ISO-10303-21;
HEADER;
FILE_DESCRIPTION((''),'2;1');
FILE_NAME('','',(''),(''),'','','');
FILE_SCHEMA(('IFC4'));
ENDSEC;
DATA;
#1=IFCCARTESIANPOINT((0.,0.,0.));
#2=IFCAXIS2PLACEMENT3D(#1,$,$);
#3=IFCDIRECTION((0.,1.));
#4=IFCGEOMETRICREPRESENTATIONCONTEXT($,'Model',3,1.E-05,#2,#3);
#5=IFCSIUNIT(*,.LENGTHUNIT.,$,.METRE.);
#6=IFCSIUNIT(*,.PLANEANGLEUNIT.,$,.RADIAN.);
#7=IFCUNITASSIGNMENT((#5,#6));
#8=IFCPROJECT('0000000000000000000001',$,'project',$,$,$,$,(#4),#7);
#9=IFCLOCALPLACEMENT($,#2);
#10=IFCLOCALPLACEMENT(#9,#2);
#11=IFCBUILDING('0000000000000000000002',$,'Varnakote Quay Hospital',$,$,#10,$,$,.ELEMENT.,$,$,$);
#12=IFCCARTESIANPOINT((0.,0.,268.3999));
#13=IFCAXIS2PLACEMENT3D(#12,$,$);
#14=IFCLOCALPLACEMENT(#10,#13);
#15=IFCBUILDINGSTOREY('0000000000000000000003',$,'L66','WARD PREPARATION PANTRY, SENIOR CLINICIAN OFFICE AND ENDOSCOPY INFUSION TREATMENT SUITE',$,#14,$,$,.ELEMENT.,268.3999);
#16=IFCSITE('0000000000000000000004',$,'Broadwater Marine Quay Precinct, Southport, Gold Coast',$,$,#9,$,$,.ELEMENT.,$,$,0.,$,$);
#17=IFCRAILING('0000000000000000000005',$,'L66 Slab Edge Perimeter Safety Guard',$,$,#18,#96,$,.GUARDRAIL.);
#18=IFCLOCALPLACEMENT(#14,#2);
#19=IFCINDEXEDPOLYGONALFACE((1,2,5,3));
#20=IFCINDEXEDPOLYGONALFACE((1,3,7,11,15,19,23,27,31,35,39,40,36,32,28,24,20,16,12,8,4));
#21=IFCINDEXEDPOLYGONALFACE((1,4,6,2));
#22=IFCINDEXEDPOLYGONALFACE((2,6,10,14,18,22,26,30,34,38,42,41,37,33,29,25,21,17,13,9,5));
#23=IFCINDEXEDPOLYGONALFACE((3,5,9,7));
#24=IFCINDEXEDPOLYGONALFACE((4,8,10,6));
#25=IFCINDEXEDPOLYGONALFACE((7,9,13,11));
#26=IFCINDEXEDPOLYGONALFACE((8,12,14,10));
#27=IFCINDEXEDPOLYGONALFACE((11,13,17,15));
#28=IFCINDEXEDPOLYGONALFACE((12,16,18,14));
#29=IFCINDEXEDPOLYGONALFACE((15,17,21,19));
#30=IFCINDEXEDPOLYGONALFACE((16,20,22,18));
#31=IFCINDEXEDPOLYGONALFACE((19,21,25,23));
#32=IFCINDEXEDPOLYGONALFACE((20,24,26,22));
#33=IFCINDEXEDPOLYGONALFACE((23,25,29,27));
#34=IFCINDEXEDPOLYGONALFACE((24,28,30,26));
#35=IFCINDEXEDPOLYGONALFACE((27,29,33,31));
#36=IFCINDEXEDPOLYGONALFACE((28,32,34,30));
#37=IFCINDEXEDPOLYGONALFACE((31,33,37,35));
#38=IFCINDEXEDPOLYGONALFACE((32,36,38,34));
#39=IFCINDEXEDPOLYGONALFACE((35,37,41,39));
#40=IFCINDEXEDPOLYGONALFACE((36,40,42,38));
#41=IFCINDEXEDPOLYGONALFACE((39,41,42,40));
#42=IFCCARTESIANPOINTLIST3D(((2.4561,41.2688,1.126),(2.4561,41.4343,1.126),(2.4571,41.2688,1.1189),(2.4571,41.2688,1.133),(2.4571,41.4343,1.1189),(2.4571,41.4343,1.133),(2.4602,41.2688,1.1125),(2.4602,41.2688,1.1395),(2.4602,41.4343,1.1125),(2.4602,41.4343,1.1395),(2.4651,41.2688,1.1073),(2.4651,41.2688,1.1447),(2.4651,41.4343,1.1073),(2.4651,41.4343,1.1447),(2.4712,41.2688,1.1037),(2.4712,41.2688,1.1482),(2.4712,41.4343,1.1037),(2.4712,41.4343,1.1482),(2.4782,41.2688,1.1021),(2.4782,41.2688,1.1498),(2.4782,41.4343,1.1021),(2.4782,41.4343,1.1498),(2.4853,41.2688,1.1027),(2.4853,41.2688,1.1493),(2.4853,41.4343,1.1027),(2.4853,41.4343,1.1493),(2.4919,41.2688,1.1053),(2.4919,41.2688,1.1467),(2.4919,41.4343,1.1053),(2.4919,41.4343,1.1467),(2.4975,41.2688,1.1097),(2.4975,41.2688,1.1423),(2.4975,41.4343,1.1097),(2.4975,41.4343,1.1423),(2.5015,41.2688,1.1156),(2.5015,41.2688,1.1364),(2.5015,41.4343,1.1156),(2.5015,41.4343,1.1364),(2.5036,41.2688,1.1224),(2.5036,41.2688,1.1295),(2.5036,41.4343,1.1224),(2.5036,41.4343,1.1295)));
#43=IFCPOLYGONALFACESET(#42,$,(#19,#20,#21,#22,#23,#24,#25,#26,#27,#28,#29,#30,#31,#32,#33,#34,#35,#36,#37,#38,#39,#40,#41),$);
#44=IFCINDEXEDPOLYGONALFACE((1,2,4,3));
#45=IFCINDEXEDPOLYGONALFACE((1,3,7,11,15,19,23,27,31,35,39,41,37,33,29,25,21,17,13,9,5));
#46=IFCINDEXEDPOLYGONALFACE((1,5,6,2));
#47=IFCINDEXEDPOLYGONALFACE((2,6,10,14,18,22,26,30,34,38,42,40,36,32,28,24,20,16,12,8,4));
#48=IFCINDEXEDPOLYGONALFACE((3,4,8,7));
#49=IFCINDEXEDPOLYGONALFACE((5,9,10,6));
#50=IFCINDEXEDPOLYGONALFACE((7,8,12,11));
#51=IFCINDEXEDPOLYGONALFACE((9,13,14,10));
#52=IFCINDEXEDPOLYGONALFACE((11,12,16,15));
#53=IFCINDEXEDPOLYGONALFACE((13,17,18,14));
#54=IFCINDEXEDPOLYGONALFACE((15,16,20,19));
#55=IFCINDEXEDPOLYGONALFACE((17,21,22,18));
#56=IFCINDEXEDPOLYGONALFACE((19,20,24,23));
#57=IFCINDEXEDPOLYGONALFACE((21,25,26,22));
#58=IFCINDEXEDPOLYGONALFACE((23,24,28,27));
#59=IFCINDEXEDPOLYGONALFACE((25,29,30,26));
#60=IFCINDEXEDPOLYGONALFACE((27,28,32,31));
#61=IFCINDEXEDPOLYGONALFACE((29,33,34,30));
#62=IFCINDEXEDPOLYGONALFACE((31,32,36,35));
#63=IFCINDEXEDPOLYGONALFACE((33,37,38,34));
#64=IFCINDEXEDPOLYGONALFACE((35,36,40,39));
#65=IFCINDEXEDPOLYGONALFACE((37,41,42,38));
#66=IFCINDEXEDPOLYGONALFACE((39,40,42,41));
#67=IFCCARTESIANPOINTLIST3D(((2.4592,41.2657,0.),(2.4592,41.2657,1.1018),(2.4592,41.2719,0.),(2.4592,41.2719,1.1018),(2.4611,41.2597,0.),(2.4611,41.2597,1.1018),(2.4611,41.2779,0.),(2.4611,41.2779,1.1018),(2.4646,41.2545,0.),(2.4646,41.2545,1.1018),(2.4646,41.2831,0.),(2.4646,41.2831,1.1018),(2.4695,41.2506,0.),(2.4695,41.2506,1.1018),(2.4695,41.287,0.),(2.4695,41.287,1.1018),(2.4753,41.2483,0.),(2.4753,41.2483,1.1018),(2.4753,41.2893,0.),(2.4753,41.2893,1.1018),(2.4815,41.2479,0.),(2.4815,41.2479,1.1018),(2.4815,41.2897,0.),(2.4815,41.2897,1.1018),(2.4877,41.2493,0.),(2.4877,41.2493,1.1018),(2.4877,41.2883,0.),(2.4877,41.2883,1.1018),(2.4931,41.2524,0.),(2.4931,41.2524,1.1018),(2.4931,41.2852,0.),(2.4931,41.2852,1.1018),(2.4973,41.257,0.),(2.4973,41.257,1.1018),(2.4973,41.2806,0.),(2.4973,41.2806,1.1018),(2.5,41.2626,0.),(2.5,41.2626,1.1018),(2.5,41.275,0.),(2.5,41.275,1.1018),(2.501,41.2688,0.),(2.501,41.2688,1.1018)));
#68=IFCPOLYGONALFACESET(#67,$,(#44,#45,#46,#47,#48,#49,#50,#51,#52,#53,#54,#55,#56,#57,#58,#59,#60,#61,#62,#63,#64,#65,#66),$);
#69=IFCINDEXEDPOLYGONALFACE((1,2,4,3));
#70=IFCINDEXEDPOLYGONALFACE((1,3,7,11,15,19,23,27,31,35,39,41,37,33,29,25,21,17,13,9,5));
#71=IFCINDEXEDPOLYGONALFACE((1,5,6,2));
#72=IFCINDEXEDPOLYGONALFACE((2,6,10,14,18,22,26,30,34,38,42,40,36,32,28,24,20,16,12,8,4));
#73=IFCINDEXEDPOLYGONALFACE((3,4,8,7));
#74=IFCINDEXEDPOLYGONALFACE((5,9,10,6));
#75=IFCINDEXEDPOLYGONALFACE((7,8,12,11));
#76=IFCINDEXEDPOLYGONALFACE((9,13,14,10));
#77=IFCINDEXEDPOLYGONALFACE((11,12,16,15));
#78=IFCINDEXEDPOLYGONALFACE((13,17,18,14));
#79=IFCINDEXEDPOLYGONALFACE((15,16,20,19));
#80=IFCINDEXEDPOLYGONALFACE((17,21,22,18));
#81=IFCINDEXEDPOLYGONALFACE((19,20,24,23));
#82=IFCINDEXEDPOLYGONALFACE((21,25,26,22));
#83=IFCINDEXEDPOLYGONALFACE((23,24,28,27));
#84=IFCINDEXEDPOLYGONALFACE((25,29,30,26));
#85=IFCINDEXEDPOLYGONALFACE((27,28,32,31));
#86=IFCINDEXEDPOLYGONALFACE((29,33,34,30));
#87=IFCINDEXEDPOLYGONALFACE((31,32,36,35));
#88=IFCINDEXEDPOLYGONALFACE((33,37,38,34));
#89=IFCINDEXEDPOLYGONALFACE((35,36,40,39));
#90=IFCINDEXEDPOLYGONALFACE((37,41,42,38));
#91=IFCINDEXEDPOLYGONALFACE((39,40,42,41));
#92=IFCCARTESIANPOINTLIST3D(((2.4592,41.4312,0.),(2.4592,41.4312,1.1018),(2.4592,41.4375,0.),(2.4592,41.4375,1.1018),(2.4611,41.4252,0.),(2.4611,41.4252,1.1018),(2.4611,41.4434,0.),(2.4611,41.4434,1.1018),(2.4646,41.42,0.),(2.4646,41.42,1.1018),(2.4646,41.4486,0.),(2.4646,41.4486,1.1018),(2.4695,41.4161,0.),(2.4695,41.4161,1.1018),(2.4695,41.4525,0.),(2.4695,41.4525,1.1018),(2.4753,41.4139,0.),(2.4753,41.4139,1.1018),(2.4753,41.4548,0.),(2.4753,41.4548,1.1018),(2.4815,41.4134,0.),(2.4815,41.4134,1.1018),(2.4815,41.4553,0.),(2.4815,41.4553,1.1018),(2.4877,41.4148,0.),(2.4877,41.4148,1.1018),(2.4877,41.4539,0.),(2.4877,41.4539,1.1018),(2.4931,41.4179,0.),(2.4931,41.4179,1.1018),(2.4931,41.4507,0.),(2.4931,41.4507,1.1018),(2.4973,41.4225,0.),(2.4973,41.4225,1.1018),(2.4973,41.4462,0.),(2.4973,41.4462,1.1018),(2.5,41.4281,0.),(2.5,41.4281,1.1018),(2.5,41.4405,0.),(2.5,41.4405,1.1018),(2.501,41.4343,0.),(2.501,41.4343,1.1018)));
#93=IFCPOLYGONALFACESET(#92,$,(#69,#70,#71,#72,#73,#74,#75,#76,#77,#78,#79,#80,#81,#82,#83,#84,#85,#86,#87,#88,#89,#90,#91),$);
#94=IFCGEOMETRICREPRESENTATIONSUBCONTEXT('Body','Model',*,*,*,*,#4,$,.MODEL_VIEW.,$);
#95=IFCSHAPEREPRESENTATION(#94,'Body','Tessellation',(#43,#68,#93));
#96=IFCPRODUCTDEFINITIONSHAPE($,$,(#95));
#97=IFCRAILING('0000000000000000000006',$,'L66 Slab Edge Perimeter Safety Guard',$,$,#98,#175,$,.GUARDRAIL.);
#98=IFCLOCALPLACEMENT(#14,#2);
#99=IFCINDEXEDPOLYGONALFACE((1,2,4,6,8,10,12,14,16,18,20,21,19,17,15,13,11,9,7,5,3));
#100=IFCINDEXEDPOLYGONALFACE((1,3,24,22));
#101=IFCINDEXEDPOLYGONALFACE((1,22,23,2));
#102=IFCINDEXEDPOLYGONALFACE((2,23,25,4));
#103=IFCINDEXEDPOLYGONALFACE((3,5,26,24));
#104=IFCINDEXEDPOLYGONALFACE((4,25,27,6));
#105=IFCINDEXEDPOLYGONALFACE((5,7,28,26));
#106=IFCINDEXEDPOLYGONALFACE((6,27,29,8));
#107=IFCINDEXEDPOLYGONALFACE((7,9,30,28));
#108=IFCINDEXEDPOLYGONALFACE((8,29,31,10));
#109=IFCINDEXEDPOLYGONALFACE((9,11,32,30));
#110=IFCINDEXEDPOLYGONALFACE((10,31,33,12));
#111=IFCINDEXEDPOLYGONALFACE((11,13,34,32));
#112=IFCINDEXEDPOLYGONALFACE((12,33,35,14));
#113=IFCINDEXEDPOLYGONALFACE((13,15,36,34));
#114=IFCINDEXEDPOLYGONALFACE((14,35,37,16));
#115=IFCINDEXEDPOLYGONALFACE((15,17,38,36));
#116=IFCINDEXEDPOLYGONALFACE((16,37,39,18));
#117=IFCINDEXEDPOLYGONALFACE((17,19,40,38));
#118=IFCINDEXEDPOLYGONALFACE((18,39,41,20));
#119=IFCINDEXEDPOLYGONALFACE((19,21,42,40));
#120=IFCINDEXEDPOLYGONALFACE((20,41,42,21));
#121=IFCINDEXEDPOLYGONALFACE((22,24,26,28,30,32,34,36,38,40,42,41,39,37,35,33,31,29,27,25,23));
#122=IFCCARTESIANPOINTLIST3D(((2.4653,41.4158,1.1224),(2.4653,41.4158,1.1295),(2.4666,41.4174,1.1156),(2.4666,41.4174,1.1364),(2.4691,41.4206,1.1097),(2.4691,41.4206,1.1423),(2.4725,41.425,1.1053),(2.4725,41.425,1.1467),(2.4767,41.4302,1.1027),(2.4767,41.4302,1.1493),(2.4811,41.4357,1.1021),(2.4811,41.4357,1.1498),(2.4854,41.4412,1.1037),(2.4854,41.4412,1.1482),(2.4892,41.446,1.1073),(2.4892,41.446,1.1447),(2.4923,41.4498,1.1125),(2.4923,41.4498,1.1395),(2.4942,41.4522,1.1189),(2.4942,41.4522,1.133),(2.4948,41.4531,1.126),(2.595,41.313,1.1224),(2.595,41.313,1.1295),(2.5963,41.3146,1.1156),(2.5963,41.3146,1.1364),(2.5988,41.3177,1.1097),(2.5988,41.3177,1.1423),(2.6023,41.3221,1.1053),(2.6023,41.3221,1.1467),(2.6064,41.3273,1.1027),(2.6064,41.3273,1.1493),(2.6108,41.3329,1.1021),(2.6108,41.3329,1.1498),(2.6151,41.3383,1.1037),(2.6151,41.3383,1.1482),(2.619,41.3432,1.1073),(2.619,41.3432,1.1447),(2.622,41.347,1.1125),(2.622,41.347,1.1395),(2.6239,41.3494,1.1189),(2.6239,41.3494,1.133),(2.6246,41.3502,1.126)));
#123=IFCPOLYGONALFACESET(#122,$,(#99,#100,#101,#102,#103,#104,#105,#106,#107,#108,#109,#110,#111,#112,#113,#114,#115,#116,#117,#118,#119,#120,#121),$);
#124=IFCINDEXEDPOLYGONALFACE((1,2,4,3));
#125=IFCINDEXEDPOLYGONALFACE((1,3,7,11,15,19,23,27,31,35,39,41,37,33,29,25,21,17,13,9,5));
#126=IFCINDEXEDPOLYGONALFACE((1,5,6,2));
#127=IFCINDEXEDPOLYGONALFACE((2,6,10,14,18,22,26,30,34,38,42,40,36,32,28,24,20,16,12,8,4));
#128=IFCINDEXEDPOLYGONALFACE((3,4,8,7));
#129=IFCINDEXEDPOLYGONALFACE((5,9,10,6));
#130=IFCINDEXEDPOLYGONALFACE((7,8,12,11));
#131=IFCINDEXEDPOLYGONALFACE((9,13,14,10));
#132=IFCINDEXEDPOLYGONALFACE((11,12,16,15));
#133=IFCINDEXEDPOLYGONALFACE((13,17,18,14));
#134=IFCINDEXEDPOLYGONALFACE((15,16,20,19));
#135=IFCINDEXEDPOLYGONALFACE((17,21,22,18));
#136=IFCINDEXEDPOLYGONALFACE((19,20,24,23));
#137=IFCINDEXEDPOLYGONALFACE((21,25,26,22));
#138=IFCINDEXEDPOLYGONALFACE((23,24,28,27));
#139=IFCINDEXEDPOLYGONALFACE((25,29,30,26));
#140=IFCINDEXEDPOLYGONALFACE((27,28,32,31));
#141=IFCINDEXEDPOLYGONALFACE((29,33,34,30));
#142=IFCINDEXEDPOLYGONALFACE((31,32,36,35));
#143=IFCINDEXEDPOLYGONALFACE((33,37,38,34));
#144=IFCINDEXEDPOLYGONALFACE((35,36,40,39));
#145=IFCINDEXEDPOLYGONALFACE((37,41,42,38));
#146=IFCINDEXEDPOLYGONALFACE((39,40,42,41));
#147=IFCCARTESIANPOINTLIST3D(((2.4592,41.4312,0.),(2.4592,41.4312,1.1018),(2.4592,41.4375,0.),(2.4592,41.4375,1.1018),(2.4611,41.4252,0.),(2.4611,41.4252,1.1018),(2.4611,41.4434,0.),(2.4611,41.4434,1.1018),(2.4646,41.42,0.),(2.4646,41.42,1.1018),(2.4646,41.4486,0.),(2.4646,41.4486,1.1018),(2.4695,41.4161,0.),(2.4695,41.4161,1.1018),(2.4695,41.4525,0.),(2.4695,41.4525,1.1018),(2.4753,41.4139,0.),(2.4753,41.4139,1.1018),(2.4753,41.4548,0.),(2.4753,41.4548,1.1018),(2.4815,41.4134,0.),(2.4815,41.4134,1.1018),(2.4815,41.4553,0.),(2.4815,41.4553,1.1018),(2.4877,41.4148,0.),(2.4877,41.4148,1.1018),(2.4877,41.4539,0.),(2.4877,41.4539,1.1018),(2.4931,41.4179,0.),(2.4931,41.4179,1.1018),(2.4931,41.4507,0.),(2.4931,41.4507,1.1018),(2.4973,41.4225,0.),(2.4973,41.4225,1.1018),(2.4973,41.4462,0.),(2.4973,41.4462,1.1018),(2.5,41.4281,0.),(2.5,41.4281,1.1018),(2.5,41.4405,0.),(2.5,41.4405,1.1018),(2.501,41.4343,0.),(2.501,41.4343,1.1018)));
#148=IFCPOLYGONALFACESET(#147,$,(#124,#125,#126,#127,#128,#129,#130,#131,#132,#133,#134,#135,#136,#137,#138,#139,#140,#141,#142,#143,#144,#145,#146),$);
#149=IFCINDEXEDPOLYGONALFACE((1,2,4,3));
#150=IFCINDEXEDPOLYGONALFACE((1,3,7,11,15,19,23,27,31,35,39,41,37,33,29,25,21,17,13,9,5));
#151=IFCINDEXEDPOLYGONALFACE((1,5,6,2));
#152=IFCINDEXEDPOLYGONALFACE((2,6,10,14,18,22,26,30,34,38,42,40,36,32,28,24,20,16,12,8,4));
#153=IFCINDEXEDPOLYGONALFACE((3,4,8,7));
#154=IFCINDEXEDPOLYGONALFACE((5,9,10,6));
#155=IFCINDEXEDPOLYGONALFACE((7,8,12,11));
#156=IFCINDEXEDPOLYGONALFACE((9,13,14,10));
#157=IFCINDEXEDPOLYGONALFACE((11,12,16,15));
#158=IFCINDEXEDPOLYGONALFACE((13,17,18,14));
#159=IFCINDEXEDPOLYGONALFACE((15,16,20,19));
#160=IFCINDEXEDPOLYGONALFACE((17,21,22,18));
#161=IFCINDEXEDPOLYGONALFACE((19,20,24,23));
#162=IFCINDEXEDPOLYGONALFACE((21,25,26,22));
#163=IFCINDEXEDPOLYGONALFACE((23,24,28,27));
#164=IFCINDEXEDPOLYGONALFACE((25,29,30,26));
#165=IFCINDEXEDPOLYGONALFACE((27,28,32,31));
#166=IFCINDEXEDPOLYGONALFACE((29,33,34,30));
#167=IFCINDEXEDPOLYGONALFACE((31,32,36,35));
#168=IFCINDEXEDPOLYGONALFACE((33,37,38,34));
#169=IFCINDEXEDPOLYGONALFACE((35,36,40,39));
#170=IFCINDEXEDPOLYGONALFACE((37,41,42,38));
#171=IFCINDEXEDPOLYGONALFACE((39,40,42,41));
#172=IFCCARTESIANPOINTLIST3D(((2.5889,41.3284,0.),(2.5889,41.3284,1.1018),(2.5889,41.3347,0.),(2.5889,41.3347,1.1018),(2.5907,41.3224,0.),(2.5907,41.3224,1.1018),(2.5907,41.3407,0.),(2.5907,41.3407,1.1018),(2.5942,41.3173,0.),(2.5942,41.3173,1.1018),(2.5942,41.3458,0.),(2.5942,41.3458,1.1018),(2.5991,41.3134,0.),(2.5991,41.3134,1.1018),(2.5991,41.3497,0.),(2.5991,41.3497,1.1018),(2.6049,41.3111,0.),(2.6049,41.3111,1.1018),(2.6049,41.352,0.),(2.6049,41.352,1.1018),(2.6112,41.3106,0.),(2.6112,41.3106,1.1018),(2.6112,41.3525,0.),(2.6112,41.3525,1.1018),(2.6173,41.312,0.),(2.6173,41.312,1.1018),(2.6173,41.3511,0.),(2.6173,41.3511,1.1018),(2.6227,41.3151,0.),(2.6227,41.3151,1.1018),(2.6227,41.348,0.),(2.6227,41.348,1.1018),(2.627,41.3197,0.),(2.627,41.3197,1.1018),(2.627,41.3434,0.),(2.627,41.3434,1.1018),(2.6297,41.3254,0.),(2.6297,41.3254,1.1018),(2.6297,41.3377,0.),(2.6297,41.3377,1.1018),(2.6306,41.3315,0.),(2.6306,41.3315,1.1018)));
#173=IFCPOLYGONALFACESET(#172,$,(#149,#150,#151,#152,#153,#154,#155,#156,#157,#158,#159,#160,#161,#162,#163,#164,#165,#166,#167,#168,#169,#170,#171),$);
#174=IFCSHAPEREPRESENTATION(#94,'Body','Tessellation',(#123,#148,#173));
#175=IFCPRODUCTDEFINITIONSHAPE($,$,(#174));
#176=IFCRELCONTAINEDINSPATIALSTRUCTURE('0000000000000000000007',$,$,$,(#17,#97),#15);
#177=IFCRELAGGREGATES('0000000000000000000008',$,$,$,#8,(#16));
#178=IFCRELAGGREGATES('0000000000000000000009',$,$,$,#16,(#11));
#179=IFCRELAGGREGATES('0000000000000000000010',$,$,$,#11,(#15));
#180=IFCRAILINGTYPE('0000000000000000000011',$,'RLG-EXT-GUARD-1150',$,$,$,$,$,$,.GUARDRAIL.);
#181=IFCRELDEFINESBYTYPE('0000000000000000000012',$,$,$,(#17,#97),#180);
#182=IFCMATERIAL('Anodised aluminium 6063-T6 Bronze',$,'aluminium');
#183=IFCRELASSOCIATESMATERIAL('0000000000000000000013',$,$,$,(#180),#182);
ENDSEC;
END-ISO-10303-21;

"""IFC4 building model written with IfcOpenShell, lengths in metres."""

from ifc_helpers import new_model, si_unit, direction, frame, origin, origin_2d, place, context, subcontext, project, spatial, circle, extrude, material, type_object, element, save


model = new_model("IFC4")

# Units and contexts
model_context = context("Model", 3, precision=1e-05, world=origin(), true_north=direction((0.0, 1.0)))
body_context = subcontext(model_context, "Body", "Model", "MODEL_VIEW")
ifc_project = project(units=[si_unit("LENGTHUNIT", "METRE"), si_unit("PLANEANGLEUNIT", "RADIAN")], contexts=[model_context])

# Site, building, storey
site_placement = place(None, origin())
site = spatial("IfcSite", under=ifc_project, at=site_placement, Name="Broadwater Marine Quay Precinct, Southport, Gold Coast", CompositionType="ELEMENT", RefElevation=0.0)
building_placement = place(site_placement, origin())
building = spatial("IfcBuilding", under=site, at=building_placement, Name="Varnakote Quay Hospital", CompositionType="ELEMENT")
storey_placement = place(building_placement, frame((0.0, 0.0, 268.3999)))
storey = spatial("IfcBuildingStorey", under=building, at=storey_placement, Name="L66", Description="WARD PREPARATION PANTRY, SENIOR CLINICIAN OFFICE AND ENDOSCOPY INFUSION TREATMENT SUITE", CompositionType="ELEMENT", Elevation=268.3999)

# Railings
ifc_material_1 = material(Name="Anodised aluminium 6063-T6 Bronze", Category="aluminium")
railing_type = type_object("IfcRailingType", Name="RLG-EXT-GUARD-1150", PredefinedType="GUARDRAIL", material=ifc_material_1)
railing_1_placement = place(storey_placement, frame((2.48, 41.2688, 0.0)))
element("IfcRailing", 1, at=railing_1_placement, inside=storey, type_object=railing_type, Name="L66 Slab Edge Perimeter Safety Guard", PredefinedType="GUARDRAIL", context=body_context, shape_type="SweptSolid", body=[
    extrude(circle(Radius=0.0239, at=origin_2d()), frame((0.0, 0.0, 1.126), z_axis=(0.0, 1.0, 0.0), x_axis=(-1.0, 0.0, 0.0)), (0.0, 0.0, 1.0), 0.1655),
    extrude(circle(Radius=0.021, at=origin_2d()), origin(), (0.0, 0.0, 1.0), 1.1018),
    extrude(circle(Radius=0.021, at=origin_2d()), frame((0.0, 0.1655, 0.0)), (0.0, 0.0, 1.0), 1.1018),
])
railing_2_placement = place(storey_placement, frame((2.48, 41.4343, 0.0)))
element("IfcRailing", 2, at=railing_2_placement, inside=storey, type_object=railing_type, Name="L66 Slab Edge Perimeter Safety Guard", PredefinedType="GUARDRAIL", context=body_context, shape_type="SweptSolid", body=[
    extrude(circle(Radius=0.0239, at=origin_2d()), frame((0.0, 0.0, 1.126), z_axis=(0.783597, -0.62127, 0.0), x_axis=(0.62127, 0.783597, 0.0)), (0.0, 0.0, 1.0), 0.1655),
    extrude(circle(Radius=0.021, at=origin_2d()), origin(), (0.0, 0.0, 1.0), 1.1018),
    extrude(circle(Radius=0.021, at=origin_2d()), frame((0.1296, -0.1028, 0.0)), (0.0, 0.0, 1.0), 1.1018),
])

save(model, "model.ifc")
